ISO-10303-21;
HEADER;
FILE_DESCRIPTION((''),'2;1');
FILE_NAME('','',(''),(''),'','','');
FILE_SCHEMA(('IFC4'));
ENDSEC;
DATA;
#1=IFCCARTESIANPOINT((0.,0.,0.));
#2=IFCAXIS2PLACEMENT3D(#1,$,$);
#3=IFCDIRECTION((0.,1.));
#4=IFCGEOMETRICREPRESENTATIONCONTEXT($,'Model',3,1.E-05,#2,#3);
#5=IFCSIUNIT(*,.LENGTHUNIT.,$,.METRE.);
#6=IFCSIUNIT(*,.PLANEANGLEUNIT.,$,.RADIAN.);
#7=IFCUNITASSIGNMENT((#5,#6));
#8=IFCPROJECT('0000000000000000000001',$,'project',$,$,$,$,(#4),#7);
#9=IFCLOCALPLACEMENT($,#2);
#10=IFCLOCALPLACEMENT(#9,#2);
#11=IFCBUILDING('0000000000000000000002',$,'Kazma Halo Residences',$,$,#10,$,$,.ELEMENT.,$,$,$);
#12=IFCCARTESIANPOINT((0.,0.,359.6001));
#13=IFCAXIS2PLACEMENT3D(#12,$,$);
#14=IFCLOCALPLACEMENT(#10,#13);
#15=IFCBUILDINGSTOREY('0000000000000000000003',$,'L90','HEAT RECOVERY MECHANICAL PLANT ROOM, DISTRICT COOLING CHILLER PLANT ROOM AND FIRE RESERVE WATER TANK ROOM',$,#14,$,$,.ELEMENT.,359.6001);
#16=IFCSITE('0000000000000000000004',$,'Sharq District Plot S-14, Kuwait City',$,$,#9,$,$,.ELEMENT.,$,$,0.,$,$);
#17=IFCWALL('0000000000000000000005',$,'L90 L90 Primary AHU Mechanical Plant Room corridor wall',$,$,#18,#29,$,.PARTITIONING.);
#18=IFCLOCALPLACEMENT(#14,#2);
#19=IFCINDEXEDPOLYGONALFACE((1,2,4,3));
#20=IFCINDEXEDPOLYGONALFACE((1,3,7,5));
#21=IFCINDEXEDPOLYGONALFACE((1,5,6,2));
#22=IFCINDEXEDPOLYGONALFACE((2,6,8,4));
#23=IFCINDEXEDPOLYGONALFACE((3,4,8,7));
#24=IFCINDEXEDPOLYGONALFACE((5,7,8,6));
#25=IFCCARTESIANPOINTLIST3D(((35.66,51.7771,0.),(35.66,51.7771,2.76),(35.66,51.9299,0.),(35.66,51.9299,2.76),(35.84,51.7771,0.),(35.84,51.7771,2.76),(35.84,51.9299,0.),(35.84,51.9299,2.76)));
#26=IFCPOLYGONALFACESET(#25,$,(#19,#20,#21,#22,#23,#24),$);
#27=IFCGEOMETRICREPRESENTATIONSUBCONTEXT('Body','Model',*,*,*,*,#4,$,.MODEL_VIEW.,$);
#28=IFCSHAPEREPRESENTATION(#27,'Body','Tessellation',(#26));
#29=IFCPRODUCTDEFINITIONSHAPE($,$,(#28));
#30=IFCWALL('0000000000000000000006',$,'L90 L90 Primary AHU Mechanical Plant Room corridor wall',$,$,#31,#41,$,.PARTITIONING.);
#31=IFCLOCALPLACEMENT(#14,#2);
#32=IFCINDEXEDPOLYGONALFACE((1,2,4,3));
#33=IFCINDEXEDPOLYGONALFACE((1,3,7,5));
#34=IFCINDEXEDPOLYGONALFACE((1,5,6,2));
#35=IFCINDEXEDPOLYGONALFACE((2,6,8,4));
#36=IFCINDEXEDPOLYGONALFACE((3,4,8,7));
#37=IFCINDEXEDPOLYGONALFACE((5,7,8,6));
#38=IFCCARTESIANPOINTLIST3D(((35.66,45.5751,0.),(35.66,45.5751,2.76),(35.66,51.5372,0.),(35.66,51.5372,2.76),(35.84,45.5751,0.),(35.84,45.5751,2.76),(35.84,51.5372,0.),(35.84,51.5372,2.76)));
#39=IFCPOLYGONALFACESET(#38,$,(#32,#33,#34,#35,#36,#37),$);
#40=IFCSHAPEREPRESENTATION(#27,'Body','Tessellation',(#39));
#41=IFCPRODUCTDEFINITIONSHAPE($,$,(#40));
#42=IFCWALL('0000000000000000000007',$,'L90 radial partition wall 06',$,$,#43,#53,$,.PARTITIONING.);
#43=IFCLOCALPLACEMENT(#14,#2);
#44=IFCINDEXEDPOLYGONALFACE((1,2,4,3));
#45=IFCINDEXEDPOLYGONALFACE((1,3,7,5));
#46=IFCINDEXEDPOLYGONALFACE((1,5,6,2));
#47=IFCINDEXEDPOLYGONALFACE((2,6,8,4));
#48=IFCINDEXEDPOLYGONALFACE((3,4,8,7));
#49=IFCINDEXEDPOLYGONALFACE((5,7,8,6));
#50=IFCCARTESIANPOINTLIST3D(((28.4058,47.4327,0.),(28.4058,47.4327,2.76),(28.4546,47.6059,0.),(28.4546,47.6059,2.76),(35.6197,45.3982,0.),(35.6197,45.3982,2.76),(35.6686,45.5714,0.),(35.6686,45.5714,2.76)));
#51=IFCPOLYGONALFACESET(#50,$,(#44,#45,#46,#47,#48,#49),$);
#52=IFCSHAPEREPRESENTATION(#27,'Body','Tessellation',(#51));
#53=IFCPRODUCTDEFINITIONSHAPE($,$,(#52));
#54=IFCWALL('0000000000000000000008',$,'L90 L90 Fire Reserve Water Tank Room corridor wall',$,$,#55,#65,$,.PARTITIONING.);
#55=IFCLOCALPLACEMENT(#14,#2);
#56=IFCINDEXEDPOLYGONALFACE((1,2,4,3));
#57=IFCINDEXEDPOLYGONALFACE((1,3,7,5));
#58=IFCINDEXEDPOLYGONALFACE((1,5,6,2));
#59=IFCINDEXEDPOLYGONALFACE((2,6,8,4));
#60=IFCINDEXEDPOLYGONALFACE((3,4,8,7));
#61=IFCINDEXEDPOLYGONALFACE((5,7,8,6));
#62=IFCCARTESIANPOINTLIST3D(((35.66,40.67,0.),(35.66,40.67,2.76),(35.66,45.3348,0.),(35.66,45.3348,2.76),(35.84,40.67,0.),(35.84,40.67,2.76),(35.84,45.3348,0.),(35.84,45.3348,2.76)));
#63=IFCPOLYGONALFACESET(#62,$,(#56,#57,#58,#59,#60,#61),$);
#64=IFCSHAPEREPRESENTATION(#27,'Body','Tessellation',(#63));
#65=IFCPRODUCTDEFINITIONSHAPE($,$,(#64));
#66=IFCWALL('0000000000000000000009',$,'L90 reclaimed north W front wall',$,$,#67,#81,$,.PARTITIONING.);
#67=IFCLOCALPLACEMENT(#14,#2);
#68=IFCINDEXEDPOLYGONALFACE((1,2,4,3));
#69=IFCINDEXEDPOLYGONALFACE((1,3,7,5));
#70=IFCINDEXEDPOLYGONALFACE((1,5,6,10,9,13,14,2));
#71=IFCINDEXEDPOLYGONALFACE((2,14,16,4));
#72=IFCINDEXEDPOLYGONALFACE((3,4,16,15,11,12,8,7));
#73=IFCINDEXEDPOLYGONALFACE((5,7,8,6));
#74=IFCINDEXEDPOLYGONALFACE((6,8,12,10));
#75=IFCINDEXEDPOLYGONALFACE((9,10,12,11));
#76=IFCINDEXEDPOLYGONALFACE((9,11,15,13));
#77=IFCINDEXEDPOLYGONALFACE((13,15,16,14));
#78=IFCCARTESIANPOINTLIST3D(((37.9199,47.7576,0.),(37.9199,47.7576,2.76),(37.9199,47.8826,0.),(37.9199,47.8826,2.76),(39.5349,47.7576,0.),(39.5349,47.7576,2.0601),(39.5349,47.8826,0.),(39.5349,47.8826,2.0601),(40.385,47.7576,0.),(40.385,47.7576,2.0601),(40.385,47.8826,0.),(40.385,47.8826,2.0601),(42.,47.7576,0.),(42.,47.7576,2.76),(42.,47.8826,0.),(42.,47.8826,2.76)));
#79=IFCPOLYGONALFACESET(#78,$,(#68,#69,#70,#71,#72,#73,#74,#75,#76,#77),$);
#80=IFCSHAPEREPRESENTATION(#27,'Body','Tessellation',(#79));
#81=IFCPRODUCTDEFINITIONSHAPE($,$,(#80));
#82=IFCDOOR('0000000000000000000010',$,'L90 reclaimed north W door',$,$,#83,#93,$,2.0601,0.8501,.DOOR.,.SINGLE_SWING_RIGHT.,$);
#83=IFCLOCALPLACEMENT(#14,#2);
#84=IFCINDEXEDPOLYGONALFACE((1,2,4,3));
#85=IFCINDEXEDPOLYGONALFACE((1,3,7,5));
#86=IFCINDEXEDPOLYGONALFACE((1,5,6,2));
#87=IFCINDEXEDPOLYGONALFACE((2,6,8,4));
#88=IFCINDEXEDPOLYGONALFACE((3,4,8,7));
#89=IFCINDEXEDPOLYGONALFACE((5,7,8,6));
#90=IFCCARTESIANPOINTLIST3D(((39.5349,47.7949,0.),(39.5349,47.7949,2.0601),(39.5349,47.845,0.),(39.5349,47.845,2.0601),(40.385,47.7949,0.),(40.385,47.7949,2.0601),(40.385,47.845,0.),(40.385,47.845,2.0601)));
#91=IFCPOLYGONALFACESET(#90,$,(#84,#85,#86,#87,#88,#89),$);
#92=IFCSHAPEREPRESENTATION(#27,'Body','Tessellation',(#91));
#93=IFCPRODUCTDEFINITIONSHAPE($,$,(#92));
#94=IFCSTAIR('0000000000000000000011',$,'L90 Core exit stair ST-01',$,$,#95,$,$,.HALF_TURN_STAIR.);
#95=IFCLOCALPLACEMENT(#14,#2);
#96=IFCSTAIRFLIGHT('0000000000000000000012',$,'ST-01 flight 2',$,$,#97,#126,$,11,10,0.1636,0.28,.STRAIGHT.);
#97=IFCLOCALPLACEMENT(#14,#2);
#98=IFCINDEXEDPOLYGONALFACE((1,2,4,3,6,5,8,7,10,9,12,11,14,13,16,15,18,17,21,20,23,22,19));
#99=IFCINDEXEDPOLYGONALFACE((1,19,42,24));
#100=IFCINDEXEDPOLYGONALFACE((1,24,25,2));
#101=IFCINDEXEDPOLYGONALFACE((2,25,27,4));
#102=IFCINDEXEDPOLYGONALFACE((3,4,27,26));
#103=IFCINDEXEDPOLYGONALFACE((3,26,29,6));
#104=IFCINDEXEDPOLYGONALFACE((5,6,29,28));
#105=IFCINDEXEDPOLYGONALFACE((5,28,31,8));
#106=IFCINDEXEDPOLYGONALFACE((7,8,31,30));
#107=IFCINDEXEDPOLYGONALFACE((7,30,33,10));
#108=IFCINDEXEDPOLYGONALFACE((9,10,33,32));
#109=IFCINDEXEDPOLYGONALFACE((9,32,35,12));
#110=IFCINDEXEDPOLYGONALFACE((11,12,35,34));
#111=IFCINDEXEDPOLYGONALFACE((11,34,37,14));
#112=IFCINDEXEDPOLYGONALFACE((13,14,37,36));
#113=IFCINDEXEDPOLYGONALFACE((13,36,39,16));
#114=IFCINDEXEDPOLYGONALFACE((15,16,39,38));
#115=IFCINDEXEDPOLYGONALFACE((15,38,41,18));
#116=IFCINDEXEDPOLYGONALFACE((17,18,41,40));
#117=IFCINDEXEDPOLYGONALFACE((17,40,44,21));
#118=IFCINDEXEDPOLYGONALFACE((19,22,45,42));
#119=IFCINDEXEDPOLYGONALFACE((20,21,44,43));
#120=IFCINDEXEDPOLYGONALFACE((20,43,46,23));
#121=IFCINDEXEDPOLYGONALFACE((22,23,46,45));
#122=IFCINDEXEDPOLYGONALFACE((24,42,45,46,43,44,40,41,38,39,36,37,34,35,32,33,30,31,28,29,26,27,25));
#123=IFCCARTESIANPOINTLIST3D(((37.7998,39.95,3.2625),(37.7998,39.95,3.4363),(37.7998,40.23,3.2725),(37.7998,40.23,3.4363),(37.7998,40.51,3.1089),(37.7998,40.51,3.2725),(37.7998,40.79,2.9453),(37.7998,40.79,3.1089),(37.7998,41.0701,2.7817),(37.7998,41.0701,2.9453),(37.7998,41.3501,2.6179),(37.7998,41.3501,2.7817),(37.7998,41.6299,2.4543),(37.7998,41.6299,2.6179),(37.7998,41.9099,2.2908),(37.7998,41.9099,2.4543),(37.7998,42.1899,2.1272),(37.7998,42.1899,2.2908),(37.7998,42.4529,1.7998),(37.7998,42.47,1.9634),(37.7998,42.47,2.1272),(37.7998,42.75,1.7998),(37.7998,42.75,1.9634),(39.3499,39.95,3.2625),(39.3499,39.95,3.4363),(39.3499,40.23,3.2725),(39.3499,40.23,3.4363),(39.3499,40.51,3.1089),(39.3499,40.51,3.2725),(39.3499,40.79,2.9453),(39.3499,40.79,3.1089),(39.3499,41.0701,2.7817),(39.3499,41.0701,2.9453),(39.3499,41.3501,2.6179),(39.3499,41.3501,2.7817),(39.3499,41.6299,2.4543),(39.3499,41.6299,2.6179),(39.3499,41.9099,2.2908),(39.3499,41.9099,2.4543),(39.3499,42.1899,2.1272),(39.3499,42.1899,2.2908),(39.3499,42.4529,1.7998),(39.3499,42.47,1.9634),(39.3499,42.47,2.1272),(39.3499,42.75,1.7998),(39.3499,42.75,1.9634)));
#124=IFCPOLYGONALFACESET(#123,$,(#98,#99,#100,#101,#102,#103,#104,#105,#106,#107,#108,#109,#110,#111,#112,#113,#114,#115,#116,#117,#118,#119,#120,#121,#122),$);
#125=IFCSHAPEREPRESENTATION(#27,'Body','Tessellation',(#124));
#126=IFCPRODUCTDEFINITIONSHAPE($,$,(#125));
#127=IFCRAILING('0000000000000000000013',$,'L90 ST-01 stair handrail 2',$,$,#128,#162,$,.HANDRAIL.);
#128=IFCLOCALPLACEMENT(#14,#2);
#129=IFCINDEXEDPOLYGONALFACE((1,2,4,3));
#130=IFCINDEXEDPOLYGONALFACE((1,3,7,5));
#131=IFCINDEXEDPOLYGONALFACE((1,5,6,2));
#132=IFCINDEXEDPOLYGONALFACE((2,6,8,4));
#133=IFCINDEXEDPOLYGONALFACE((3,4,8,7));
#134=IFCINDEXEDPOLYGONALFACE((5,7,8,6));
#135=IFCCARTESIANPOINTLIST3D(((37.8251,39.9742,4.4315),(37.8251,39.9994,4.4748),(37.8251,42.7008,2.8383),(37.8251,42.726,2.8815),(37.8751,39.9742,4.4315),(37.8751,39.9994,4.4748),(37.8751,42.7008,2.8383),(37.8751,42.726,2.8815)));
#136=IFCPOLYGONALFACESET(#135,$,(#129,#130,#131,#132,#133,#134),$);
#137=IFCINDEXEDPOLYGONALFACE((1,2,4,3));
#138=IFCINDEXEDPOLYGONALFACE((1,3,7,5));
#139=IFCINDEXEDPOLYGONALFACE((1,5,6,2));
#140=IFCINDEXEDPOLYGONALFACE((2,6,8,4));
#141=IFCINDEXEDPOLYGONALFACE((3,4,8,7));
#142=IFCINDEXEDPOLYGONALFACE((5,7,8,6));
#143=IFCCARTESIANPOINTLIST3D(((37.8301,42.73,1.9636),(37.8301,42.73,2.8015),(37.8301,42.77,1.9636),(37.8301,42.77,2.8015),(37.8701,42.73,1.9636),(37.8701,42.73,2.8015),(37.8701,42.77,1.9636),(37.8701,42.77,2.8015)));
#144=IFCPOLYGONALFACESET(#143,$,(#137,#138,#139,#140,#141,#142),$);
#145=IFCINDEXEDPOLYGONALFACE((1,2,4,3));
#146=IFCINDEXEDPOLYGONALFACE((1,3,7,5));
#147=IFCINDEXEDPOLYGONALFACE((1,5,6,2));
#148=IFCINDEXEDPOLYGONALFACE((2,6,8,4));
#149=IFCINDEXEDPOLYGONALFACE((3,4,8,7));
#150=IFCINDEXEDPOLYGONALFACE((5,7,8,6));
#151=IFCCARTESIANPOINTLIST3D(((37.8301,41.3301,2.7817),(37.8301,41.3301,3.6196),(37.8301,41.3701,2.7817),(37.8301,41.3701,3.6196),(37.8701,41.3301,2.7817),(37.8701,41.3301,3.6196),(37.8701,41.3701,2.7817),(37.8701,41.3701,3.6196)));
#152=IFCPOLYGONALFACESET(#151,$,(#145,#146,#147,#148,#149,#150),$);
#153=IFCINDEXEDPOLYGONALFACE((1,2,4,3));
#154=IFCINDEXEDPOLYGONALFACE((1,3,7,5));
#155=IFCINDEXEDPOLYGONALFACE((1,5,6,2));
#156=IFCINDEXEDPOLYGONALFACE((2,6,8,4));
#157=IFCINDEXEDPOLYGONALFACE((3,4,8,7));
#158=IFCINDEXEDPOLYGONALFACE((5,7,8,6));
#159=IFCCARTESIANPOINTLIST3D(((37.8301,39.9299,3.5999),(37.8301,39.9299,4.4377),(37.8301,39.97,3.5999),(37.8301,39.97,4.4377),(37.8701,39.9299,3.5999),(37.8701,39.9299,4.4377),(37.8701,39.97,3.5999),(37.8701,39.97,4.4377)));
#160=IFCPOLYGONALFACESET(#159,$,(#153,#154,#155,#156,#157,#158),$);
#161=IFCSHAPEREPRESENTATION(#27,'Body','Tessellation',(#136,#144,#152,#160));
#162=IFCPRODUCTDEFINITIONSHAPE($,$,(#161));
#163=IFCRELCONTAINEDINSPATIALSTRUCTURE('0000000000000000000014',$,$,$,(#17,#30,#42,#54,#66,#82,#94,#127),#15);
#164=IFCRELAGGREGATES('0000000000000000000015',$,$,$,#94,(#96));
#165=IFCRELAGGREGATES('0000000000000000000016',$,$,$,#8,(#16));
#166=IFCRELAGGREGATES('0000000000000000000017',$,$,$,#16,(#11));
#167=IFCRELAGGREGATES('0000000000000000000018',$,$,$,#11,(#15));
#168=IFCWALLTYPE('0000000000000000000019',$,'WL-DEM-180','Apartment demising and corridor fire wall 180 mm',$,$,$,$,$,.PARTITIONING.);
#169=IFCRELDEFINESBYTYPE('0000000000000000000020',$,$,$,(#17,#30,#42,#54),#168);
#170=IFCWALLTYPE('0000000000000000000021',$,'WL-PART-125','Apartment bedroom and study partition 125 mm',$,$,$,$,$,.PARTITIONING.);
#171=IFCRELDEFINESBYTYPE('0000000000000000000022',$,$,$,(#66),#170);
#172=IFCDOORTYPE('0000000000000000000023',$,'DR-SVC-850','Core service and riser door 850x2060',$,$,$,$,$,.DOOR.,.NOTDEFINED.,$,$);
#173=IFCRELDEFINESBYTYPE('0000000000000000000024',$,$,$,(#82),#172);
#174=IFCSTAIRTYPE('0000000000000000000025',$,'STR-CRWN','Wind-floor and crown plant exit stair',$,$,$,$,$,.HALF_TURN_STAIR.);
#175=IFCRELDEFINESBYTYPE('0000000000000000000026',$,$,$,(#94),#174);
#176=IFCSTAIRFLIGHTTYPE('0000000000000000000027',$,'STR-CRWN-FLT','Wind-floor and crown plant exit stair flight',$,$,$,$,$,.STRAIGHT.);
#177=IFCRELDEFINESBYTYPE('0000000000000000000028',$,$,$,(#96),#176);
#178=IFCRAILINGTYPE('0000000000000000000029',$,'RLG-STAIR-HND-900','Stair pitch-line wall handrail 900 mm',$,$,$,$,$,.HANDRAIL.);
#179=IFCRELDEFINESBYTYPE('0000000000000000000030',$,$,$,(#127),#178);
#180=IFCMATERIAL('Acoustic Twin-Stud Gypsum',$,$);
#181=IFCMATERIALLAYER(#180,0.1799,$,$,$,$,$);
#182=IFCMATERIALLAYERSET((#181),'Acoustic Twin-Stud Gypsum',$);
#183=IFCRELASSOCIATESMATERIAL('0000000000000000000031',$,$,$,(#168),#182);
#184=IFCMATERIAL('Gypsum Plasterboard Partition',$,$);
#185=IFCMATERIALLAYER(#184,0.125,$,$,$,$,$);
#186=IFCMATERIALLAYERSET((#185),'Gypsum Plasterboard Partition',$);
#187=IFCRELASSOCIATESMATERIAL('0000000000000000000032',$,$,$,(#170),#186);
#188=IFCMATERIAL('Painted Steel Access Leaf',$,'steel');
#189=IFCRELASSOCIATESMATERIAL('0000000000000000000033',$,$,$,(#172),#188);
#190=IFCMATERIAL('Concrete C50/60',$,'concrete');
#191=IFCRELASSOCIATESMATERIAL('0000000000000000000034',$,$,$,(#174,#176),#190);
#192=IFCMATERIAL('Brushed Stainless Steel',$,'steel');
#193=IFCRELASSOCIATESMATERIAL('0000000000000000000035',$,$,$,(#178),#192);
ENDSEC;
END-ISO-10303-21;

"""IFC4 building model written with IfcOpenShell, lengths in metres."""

from ifc_helpers import new_model, si_unit, direction, frame, frame_2d, origin, origin_2d, place, context, subcontext, project, spatial, polyline, rectangle, outline, extrude, material, layer, layer_set, type_object, element, fill, aggregate, save


model = new_model("IFC4")

# Units and contexts
model_context = context("Model", 3, precision=1e-05, world=origin(), true_north=direction((0.0, 1.0)))
body_context = subcontext(model_context, "Body", "Model", "MODEL_VIEW")
ifc_project = project(units=[si_unit("LENGTHUNIT", "METRE"), si_unit("PLANEANGLEUNIT", "RADIAN")], contexts=[model_context])

# Site, building, storey
site_placement = place(None, origin())
site = spatial("IfcSite", under=ifc_project, at=site_placement, Name="Sharq District Plot S-14, Kuwait City", CompositionType="ELEMENT", RefElevation=0.0)
building_placement = place(site_placement, origin())
building = spatial("IfcBuilding", under=site, at=building_placement, Name="Kazma Halo Residences", CompositionType="ELEMENT")
storey_placement = place(building_placement, frame((0.0, 0.0, 359.6001)))
storey = spatial("IfcBuildingStorey", under=building, at=storey_placement, Name="L90", Description="HEAT RECOVERY MECHANICAL PLANT ROOM, DISTRICT COOLING CHILLER PLANT ROOM AND FIRE RESERVE WATER TANK ROOM", CompositionType="ELEMENT", Elevation=359.6001)

# Walls
ifc_material_1 = material(Name="Acoustic Twin-Stud Gypsum")
ifc_layer_1 = layer(ifc_material_1, 0.1799)
ifc_layer_set_1 = layer_set([ifc_layer_1], Name="Acoustic Twin-Stud Gypsum")
wall_type_1 = type_object("IfcWallType", Name="WL-DEM-180", Description="Apartment demising and corridor fire wall 180 mm", PredefinedType="PARTITIONING", material=ifc_layer_set_1)
wall_1_placement = place(storey_placement, frame((35.75, 51.9299, 0.0), z_axis=(0.0, 0.0, 1.0), x_axis=(0.0, -1.0, 0.0)))
element("IfcWall", 1, at=wall_1_placement, inside=storey, type_object=wall_type_1, Name="L90 L90 Primary AHU Mechanical Plant Room corridor wall", PredefinedType="PARTITIONING", context=body_context, shape_type="SweptSolid", body=[
    extrude(rectangle(XDim=0.1528, YDim=0.1799, at=frame_2d((0.0764, 0.0))), origin(), (0.0, 0.0, 1.0), 2.76),
])
wall_2_placement = place(storey_placement, frame((35.75, 51.5371, 0.0), z_axis=(0.0, 0.0, 1.0), x_axis=(0.0, -1.0, 0.0)))
element("IfcWall", 2, at=wall_2_placement, inside=storey, type_object=wall_type_1, Name="L90 L90 Primary AHU Mechanical Plant Room corridor wall", PredefinedType="PARTITIONING", context=body_context, shape_type="SweptSolid", body=[
    extrude(rectangle(XDim=5.9622, YDim=0.1799, at=frame_2d((2.981, 0.0))), origin(), (0.0, 0.0, 1.0), 2.76),
])
wall_3_placement = place(storey_placement, frame((35.644, 45.4849, 0.0), z_axis=(0.0, 0.0, 1.0), x_axis=(-0.962459, 0.271428, 0.0)))
element("IfcWall", 3, at=wall_3_placement, inside=storey, type_object=wall_type_1, Name="L90 radial partition wall 06", PredefinedType="PARTITIONING", context=body_context, shape_type="SweptSolid", body=[
    extrude(rectangle(XDim=7.4954, YDim=0.1799, at=frame_2d((3.7476, 0.0))), origin(), (0.0, 0.0, 1.0), 2.76),
])
wall_4_placement = place(storey_placement, frame((35.75, 45.335, 0.0), z_axis=(0.0, 0.0, 1.0), x_axis=(0.0, -1.0, 0.0)))
element("IfcWall", 4, at=wall_4_placement, inside=storey, type_object=wall_type_1, Name="L90 L90 Fire Reserve Water Tank Room corridor wall", PredefinedType="PARTITIONING", context=body_context, shape_type="SweptSolid", body=[
    extrude(rectangle(XDim=4.6648, YDim=0.1799, at=frame_2d((2.3325, 0.0))), origin(), (0.0, 0.0, 1.0), 2.76),
])

# Wall, opening, door
ifc_material_2 = material(Name="Gypsum Plasterboard Partition")
ifc_layer_2 = layer(ifc_material_2, 0.125)
ifc_layer_set_2 = layer_set([ifc_layer_2], Name="Gypsum Plasterboard Partition")
wall_type_2 = type_object("IfcWallType", Name="WL-PART-125", Description="Apartment bedroom and study partition 125 mm", PredefinedType="PARTITIONING", material=ifc_layer_set_2)
wall_5_placement = place(storey_placement, frame((37.9199, 47.8201, 0.0), z_axis=(0.0, 0.0, 1.0), x_axis=(1.0, 0.0, 0.0)))
wall_5 = element("IfcWall", 5, at=wall_5_placement, inside=storey, type_object=wall_type_2, Name="L90 reclaimed north W front wall", PredefinedType="PARTITIONING", context=body_context, shape_type="SweptSolid", body=[
    extrude(rectangle(XDim=4.0801, YDim=0.125, at=frame_2d((2.04, 0.0))), origin(), (0.0, 0.0, 1.0), 2.76),
])
opening_placement = place(wall_5_placement, frame((1.615, 0.0, 0.0)))
opening = element("IfcOpeningElement", 6, at=opening_placement, cuts=wall_5, PredefinedType="OPENING", context=body_context, shape_type="SweptSolid", body=[
    extrude(rectangle(XDim=0.8501, YDim=2.0601, at=frame_2d((0.425, 1.03))), frame((0.0, 0.0725, 0.0), z_axis=(0.0, -1.0, 0.0), x_axis=(1.0, 0.0, 0.0)), (0.0, 0.0, 1.0), 0.145),
])
ifc_material_3 = material(Name="Painted Steel Access Leaf", Category="steel")
door_type = type_object("IfcDoorType", Name="DR-SVC-850", Description="Core service and riser door 850x2060", OperationType="NOTDEFINED", PredefinedType="DOOR", material=ifc_material_3)
door_placement = place(opening_placement, origin())
door = element("IfcDoor", 7, at=door_placement, inside=storey, type_object=door_type, Name="L90 reclaimed north W door", OperationType="SINGLE_SWING_RIGHT", OverallHeight=2.0601, OverallWidth=0.8501, PredefinedType="DOOR", context=body_context, shape_type="SweptSolid", body=[
    extrude(rectangle(XDim=0.8501, YDim=2.0601, at=frame_2d((0.425, 1.03))), frame((0.0, 0.0249, 0.0), z_axis=(0.0, -1.0, 0.0), x_axis=(1.0, 0.0, 0.0)), (0.0, 0.0, 1.0), 0.05),
])
fill(opening, door)

# Stair, stair flight
ifc_material_4 = material(Name="Concrete C50/60", Category="concrete")
stair_type = type_object("IfcStairType", Name="STR-CRWN", Description="Wind-floor and crown plant exit stair", PredefinedType="HALF_TURN_STAIR", material=ifc_material_4)
stair_placement = place(storey_placement, origin())
stair = element("IfcStair", 8, at=stair_placement, inside=storey, type_object=stair_type, Name="L90 Core exit stair ST-01", PredefinedType="HALF_TURN_STAIR")
stair_flight_type = type_object("IfcStairFlightType", Name="STR-CRWN-FLT", Description="Wind-floor and crown plant exit stair flight", PredefinedType="STRAIGHT", material=ifc_material_4)
stair_flight_placement = place(storey_placement, frame((38.575, 42.75, 1.7998), z_axis=(0.0, 0.0, 1.0), x_axis=(0.0, -1.0, 0.0)))
stair_flight = element("IfcStairFlight", 9, at=stair_flight_placement, type_object=stair_flight_type, Name="ST-01 flight 2", NumberOfRisers=11, NumberOfTreads=10, PredefinedType="STRAIGHT", RiserHeight=0.1636, TreadLength=0.28, context=body_context, shape_type="SweptSolid", body=[
    extrude(outline(polyline([(0.0, 0.0), (0.0, 0.1636), (0.28, 0.1636), (0.28, 0.3274), (0.5601, 0.3274), (0.5601, 0.491), (0.8401, 0.491), (0.8401, 0.6545), (1.1201, 0.6545), (1.1201, 0.8181), (1.3999, 0.8181), (1.3999, 0.9819), (1.6799, 0.9819), (1.6799, 1.1455), (1.96, 1.1455), (1.96, 1.3091), (2.24, 1.3091), (2.24, 1.4727), (2.52, 1.4727), (2.52, 1.6365), (2.8, 1.6365), (2.8, 1.8), (2.8, 1.4626), (0.2971, 0.0), (0.0, 0.0)])), frame((0.0, 0.7749, 0.0), z_axis=(0.0, -1.0, 0.0), x_axis=(1.0, 0.0, 0.0)), (0.0, 0.0, 1.0), 1.55),
])
aggregate(stair, [stair_flight])

# Railing
ifc_material_5 = material(Name="Brushed Stainless Steel", Category="steel")
railing_type = type_object("IfcRailingType", Name="RLG-STAIR-HND-900", Description="Stair pitch-line wall handrail 900 mm", PredefinedType="HANDRAIL", material=ifc_material_5)
railing_placement = place(storey_placement, frame((37.8501, 42.75, 1.9636)))
element("IfcRailing", 10, at=railing_placement, inside=storey, type_object=railing_type, Name="L90 ST-01 stair handrail 2", PredefinedType="HANDRAIL", context=body_context, shape_type="SweptSolid", body=[
    extrude(rectangle(XDim=0.05, YDim=0.05, at=origin_2d()), frame((0.0, -0.0366, 0.8962), z_axis=(0.0, -0.863394, 0.504531), x_axis=(1.0, 0.0, 0.0)), (0.0, 0.0, 1.0), 3.158),
    extrude(rectangle(XDim=0.04, YDim=0.04, at=origin_2d()), origin(), (0.0, 0.0, 1.0), 0.8379),
    extrude(rectangle(XDim=0.04, YDim=0.04, at=origin_2d()), frame((0.0, -1.3999, 0.8181)), (0.0, 0.0, 1.0), 0.8379),
    extrude(rectangle(XDim=0.04, YDim=0.04, at=origin_2d()), frame((0.0, -2.8, 1.6362)), (0.0, 0.0, 1.0), 0.8379),
])

save(model, "model.ifc")
